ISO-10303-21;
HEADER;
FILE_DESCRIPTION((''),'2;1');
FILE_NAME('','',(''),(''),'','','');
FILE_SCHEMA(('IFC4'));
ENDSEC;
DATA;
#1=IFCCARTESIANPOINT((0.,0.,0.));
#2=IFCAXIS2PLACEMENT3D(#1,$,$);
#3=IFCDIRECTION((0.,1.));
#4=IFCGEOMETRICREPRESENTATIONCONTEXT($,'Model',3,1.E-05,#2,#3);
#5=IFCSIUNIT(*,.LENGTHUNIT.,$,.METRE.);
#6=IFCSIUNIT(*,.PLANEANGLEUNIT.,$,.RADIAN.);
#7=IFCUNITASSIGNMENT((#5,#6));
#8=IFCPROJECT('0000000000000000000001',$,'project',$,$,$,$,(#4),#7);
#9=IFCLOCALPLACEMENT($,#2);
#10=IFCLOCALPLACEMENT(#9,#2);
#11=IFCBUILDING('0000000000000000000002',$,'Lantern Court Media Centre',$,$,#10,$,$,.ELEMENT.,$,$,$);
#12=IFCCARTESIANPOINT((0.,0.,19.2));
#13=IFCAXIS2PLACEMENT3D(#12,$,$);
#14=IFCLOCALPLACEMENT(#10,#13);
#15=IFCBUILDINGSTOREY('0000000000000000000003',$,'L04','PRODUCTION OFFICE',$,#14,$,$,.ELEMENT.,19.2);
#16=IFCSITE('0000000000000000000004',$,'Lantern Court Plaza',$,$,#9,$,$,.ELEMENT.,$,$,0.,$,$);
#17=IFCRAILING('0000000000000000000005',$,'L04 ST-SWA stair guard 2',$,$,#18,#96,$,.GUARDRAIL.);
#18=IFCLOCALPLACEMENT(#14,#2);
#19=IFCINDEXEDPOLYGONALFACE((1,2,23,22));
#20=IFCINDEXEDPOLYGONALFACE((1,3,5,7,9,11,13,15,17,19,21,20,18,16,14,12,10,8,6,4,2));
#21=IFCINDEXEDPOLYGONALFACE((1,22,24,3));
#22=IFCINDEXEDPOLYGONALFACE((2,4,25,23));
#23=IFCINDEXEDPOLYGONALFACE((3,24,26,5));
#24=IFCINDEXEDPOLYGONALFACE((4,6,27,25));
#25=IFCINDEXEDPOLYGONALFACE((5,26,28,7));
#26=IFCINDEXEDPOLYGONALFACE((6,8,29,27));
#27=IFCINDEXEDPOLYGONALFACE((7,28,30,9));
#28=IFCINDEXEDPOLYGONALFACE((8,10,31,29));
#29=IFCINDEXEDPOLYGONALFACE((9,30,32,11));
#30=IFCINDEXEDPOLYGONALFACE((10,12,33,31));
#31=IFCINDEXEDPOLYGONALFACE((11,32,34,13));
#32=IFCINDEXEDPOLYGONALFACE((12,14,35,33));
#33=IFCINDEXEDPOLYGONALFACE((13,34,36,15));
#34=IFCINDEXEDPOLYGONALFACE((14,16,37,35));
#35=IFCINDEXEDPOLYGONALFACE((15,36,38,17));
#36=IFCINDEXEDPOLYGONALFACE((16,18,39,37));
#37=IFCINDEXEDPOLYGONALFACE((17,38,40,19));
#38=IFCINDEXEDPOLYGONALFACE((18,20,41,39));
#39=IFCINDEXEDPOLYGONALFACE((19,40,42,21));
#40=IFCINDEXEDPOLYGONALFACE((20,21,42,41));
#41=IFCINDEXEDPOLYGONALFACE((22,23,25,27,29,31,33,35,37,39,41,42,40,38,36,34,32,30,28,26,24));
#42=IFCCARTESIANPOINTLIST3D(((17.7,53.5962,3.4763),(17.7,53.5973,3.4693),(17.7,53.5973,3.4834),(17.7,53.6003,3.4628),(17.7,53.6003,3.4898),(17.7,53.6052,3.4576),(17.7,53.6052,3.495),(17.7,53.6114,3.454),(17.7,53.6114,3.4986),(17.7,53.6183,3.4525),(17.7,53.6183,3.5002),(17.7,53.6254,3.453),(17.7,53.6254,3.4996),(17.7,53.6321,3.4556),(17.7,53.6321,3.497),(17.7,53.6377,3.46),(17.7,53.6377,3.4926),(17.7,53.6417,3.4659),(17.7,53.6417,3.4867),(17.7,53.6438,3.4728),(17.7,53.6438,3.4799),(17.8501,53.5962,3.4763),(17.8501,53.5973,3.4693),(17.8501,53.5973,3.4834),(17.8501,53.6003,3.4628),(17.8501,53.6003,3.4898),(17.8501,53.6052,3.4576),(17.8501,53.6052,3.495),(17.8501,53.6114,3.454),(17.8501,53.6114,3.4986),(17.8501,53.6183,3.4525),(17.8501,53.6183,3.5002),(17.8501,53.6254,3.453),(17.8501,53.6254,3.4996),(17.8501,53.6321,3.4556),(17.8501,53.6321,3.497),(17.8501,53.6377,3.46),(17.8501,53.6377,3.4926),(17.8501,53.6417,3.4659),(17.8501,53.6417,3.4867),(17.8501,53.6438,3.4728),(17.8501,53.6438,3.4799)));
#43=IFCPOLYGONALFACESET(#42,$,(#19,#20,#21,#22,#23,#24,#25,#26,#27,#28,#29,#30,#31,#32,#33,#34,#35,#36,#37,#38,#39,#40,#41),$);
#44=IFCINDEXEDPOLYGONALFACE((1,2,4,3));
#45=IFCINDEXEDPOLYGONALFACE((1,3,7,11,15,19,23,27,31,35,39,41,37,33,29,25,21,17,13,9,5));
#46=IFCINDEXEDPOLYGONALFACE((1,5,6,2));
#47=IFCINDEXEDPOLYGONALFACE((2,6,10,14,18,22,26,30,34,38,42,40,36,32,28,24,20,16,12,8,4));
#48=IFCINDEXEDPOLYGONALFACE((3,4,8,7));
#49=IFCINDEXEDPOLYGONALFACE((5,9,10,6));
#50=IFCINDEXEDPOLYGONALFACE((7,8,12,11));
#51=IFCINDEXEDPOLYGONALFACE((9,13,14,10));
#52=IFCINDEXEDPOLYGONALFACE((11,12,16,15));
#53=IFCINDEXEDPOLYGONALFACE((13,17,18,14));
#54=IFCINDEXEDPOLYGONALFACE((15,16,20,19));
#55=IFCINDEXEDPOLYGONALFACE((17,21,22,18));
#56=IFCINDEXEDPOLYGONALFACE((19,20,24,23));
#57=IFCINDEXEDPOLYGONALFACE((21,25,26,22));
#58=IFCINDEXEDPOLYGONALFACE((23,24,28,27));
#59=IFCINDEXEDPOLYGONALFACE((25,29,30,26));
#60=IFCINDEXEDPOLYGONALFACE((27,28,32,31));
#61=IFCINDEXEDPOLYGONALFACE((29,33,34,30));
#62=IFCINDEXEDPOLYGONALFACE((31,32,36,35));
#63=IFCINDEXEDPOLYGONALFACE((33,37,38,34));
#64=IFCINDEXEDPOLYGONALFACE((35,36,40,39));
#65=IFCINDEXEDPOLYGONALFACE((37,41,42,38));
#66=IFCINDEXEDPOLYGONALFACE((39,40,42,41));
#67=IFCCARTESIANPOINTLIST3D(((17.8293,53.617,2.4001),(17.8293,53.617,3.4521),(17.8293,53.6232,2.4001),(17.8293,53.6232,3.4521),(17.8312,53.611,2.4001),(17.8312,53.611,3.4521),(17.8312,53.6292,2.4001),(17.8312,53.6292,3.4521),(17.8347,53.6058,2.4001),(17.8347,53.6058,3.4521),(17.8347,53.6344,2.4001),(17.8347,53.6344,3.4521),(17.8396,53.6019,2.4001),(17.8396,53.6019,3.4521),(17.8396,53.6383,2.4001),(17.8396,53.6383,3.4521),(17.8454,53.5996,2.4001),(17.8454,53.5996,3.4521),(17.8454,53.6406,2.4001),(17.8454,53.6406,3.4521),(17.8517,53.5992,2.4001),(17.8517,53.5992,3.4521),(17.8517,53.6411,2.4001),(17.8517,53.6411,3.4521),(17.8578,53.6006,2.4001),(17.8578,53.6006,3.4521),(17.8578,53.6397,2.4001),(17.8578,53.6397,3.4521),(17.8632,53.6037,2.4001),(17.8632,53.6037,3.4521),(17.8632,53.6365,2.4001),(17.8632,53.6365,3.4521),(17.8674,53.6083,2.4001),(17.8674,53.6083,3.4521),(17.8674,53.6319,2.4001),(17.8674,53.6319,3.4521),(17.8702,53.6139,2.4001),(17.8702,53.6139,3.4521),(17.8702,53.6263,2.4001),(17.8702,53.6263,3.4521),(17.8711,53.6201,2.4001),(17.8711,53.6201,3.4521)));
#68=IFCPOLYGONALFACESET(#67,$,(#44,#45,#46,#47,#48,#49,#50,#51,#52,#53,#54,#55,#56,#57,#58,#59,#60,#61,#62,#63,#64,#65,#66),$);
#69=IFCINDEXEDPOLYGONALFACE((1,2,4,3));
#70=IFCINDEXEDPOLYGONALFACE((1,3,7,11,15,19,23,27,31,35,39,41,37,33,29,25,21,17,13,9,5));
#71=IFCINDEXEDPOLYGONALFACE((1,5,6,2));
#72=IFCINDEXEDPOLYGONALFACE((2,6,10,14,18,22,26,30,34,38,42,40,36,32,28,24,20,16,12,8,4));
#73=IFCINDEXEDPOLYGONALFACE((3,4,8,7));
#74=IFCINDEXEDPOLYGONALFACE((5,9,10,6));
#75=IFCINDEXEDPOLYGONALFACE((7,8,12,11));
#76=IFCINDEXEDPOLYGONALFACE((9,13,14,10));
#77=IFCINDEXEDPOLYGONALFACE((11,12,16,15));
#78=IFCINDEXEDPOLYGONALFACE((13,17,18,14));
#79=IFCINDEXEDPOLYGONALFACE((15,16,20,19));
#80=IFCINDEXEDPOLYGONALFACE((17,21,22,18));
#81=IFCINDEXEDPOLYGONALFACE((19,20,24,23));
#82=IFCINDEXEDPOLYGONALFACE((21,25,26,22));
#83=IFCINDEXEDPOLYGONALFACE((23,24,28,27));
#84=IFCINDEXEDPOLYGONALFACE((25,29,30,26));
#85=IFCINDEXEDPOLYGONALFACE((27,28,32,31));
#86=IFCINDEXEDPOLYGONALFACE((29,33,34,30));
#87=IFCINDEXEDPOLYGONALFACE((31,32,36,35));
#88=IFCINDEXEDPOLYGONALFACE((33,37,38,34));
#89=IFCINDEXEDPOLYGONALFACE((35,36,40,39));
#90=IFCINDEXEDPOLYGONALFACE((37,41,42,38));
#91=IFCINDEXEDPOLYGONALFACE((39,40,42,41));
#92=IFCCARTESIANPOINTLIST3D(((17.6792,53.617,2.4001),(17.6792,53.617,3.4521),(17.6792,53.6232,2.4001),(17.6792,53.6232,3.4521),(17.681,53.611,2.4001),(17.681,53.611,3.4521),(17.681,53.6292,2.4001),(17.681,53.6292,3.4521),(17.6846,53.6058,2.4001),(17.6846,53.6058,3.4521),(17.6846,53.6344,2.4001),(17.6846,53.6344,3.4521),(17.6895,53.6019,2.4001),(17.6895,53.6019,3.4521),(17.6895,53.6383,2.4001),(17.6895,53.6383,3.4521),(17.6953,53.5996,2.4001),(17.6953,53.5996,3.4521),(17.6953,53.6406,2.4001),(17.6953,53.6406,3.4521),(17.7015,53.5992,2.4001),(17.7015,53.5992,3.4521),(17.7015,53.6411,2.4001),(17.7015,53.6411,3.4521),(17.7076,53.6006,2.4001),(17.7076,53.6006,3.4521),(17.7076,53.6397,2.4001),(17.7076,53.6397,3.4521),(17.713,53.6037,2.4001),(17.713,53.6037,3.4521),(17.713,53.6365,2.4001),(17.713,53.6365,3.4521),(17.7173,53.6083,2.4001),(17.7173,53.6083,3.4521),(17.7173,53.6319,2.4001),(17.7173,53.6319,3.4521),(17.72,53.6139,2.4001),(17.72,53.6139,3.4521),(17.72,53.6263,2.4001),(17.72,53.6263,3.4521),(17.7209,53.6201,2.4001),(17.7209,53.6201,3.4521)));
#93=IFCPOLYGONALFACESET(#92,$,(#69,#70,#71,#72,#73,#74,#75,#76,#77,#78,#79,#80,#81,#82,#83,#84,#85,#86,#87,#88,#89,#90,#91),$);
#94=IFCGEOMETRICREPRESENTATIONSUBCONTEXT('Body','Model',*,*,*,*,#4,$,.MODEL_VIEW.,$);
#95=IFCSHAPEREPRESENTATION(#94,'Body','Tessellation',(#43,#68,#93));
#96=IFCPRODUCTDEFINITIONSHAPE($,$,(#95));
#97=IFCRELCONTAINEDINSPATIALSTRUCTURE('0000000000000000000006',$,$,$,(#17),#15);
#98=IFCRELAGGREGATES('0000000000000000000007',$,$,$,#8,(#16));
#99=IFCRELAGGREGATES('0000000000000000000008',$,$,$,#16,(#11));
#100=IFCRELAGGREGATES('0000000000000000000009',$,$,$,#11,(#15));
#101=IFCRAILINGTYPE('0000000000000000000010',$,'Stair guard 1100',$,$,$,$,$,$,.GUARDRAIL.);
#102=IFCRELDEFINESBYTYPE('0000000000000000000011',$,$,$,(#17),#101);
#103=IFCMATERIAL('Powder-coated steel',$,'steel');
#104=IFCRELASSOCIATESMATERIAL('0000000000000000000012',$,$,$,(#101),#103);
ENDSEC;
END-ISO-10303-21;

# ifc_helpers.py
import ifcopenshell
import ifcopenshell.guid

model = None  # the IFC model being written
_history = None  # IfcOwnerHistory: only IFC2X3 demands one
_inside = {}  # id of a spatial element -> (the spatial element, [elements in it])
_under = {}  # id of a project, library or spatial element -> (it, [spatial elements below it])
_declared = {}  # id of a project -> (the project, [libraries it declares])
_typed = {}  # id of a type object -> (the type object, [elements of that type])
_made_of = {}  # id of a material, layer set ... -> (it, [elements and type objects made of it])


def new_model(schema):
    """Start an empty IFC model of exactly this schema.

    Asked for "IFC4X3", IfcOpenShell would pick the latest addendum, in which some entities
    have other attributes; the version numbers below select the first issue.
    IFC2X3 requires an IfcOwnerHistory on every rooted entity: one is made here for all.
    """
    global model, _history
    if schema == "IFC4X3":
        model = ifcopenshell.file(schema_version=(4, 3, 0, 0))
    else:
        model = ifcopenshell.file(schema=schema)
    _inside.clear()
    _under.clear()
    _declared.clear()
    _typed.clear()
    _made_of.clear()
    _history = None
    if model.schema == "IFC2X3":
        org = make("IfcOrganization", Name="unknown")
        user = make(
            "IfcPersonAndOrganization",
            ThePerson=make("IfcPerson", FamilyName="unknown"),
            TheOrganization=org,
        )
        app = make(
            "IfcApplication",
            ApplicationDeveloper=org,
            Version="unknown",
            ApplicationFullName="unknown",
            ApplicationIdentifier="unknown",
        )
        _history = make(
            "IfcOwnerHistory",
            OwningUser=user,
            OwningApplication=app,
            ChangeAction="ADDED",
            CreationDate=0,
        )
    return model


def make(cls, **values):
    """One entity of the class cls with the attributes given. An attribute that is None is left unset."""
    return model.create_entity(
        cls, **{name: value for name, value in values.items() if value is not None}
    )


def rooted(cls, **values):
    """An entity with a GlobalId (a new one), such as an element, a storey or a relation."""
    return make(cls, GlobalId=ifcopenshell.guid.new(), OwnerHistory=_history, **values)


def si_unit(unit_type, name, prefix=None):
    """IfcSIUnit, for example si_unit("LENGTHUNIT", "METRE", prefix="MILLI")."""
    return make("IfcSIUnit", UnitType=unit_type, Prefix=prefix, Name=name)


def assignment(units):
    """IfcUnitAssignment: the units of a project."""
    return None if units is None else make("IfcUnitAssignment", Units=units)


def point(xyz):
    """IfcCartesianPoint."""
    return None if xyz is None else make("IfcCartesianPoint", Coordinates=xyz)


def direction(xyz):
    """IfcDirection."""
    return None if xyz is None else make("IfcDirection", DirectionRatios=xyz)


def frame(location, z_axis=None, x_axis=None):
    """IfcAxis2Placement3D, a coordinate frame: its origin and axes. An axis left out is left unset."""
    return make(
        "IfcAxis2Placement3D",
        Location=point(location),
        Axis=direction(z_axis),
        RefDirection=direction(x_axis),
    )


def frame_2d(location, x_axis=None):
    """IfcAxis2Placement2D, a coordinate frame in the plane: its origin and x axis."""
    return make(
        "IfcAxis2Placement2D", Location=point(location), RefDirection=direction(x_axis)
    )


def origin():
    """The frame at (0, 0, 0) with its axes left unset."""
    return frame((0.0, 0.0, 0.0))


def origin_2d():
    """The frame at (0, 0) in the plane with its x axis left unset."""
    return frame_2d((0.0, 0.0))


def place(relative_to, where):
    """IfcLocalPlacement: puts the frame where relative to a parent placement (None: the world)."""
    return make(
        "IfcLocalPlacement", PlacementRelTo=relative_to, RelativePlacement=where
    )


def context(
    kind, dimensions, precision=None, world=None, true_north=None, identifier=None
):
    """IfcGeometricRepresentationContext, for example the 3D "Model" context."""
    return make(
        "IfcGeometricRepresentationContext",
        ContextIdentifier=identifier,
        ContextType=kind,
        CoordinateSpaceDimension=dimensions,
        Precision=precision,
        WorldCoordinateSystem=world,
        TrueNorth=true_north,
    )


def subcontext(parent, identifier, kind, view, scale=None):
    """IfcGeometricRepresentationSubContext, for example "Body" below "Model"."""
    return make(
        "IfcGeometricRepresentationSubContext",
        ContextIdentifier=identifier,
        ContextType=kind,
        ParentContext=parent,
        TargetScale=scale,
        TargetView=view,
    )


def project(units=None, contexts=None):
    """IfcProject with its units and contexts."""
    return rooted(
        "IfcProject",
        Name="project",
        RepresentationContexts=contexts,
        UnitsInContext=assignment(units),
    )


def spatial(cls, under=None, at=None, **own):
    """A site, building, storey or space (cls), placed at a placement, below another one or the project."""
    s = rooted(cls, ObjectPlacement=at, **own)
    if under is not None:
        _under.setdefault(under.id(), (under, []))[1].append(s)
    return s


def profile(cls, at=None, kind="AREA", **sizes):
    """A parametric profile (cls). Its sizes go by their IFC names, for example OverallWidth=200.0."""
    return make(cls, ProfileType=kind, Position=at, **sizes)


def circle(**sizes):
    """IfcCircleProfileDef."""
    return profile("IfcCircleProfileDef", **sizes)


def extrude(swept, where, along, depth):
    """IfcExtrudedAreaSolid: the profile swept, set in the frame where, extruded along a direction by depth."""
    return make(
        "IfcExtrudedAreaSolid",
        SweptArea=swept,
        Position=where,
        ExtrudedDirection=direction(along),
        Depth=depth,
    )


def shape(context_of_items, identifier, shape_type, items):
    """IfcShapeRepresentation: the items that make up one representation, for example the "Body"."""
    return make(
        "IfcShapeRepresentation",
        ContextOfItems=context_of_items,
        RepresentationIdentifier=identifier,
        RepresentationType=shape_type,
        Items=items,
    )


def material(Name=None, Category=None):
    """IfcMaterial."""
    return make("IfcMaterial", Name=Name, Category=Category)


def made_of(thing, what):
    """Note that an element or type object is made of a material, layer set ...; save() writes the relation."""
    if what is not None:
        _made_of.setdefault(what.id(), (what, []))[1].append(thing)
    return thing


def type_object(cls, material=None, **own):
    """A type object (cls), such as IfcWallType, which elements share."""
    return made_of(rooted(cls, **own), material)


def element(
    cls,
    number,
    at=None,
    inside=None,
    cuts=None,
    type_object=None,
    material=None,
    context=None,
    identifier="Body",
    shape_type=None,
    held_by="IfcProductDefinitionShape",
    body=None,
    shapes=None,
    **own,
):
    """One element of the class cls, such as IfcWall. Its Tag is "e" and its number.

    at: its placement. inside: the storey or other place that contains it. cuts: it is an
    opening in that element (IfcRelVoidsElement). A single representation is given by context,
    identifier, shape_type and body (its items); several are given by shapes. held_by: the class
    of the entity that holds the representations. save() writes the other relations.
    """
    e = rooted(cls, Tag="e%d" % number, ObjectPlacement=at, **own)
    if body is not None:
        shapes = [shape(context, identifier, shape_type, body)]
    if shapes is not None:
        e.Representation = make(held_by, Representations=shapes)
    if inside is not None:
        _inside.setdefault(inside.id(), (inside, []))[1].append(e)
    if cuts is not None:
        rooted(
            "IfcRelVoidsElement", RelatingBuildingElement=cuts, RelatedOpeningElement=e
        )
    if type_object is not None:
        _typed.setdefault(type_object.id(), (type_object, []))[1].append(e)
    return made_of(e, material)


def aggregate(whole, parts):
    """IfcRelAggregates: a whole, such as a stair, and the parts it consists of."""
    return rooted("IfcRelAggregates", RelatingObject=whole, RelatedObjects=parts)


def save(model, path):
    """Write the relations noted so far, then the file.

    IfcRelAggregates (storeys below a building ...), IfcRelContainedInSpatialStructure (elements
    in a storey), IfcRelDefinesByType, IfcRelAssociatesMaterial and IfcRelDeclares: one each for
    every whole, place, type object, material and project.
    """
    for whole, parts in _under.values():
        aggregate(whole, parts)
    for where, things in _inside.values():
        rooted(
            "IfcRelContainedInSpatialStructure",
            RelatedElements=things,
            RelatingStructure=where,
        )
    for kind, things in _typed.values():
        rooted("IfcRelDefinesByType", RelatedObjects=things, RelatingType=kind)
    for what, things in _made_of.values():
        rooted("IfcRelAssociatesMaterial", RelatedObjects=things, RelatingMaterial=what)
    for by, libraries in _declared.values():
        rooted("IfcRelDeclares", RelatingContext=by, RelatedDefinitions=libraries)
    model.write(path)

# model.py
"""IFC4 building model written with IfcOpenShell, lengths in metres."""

from ifc_helpers import new_model, si_unit, direction, frame, origin, origin_2d, place, context, subcontext, project, spatial, circle, extrude, material, type_object, element, save


model = new_model("IFC4")

# Units and contexts
model_context = context("Model", 3, precision=1e-05, world=origin(), true_north=direction((0.0, 1.0)))
body_context = subcontext(model_context, "Body", "Model", "MODEL_VIEW")
ifc_project = project(units=[si_unit("LENGTHUNIT", "METRE"), si_unit("PLANEANGLEUNIT", "RADIAN")], contexts=[model_context])

# Site, building, storey
site_placement = place(None, origin())
site = spatial("IfcSite", under=ifc_project, at=site_placement, Name="Lantern Court Plaza", CompositionType="ELEMENT", RefElevation=0.0)
building_placement = place(site_placement, origin())
building = spatial("IfcBuilding", under=site, at=building_placement, Name="Lantern Court Media Centre", CompositionType="ELEMENT")
storey_placement = place(building_placement, frame((0.0, 0.0, 19.2)))
storey = spatial("IfcBuildingStorey", under=building, at=storey_placement, Name="L04", Description="PRODUCTION OFFICE", CompositionType="ELEMENT", Elevation=19.2)

# Railing
ifc_material_1 = material(Name="Powder-coated steel", Category="steel")
railing_type_1 = type_object("IfcRailingType", Name="Stair guard 1100", PredefinedType="GUARDRAIL", material=ifc_material_1)
railing_1_placement = place(storey_placement, frame((17.8501, 53.6201, 2.4001)))
element("IfcRailing", 1, at=railing_1_placement, inside=storey, type_object=railing_type_1, Name="L04 ST-SWA stair guard 2", PredefinedType="GUARDRAIL", context=body_context, shape_type="SweptSolid", body=[
    extrude(circle(Radius=0.0239, at=origin_2d()), frame((0.0, 0.0, 1.0762), z_axis=(-1.0, 0.0, 0.0), x_axis=(0.0, -1.0, 0.0)), (0.0, 0.0, 1.0), 0.1501),
    extrude(circle(Radius=0.021, at=origin_2d()), origin(), (0.0, 0.0, 1.0), 1.052),
    extrude(circle(Radius=0.021, at=origin_2d()), frame((-0.1501, 0.0, 0.0)), (0.0, 0.0, 1.0), 1.052),
])

save(model, "model.ifc")
